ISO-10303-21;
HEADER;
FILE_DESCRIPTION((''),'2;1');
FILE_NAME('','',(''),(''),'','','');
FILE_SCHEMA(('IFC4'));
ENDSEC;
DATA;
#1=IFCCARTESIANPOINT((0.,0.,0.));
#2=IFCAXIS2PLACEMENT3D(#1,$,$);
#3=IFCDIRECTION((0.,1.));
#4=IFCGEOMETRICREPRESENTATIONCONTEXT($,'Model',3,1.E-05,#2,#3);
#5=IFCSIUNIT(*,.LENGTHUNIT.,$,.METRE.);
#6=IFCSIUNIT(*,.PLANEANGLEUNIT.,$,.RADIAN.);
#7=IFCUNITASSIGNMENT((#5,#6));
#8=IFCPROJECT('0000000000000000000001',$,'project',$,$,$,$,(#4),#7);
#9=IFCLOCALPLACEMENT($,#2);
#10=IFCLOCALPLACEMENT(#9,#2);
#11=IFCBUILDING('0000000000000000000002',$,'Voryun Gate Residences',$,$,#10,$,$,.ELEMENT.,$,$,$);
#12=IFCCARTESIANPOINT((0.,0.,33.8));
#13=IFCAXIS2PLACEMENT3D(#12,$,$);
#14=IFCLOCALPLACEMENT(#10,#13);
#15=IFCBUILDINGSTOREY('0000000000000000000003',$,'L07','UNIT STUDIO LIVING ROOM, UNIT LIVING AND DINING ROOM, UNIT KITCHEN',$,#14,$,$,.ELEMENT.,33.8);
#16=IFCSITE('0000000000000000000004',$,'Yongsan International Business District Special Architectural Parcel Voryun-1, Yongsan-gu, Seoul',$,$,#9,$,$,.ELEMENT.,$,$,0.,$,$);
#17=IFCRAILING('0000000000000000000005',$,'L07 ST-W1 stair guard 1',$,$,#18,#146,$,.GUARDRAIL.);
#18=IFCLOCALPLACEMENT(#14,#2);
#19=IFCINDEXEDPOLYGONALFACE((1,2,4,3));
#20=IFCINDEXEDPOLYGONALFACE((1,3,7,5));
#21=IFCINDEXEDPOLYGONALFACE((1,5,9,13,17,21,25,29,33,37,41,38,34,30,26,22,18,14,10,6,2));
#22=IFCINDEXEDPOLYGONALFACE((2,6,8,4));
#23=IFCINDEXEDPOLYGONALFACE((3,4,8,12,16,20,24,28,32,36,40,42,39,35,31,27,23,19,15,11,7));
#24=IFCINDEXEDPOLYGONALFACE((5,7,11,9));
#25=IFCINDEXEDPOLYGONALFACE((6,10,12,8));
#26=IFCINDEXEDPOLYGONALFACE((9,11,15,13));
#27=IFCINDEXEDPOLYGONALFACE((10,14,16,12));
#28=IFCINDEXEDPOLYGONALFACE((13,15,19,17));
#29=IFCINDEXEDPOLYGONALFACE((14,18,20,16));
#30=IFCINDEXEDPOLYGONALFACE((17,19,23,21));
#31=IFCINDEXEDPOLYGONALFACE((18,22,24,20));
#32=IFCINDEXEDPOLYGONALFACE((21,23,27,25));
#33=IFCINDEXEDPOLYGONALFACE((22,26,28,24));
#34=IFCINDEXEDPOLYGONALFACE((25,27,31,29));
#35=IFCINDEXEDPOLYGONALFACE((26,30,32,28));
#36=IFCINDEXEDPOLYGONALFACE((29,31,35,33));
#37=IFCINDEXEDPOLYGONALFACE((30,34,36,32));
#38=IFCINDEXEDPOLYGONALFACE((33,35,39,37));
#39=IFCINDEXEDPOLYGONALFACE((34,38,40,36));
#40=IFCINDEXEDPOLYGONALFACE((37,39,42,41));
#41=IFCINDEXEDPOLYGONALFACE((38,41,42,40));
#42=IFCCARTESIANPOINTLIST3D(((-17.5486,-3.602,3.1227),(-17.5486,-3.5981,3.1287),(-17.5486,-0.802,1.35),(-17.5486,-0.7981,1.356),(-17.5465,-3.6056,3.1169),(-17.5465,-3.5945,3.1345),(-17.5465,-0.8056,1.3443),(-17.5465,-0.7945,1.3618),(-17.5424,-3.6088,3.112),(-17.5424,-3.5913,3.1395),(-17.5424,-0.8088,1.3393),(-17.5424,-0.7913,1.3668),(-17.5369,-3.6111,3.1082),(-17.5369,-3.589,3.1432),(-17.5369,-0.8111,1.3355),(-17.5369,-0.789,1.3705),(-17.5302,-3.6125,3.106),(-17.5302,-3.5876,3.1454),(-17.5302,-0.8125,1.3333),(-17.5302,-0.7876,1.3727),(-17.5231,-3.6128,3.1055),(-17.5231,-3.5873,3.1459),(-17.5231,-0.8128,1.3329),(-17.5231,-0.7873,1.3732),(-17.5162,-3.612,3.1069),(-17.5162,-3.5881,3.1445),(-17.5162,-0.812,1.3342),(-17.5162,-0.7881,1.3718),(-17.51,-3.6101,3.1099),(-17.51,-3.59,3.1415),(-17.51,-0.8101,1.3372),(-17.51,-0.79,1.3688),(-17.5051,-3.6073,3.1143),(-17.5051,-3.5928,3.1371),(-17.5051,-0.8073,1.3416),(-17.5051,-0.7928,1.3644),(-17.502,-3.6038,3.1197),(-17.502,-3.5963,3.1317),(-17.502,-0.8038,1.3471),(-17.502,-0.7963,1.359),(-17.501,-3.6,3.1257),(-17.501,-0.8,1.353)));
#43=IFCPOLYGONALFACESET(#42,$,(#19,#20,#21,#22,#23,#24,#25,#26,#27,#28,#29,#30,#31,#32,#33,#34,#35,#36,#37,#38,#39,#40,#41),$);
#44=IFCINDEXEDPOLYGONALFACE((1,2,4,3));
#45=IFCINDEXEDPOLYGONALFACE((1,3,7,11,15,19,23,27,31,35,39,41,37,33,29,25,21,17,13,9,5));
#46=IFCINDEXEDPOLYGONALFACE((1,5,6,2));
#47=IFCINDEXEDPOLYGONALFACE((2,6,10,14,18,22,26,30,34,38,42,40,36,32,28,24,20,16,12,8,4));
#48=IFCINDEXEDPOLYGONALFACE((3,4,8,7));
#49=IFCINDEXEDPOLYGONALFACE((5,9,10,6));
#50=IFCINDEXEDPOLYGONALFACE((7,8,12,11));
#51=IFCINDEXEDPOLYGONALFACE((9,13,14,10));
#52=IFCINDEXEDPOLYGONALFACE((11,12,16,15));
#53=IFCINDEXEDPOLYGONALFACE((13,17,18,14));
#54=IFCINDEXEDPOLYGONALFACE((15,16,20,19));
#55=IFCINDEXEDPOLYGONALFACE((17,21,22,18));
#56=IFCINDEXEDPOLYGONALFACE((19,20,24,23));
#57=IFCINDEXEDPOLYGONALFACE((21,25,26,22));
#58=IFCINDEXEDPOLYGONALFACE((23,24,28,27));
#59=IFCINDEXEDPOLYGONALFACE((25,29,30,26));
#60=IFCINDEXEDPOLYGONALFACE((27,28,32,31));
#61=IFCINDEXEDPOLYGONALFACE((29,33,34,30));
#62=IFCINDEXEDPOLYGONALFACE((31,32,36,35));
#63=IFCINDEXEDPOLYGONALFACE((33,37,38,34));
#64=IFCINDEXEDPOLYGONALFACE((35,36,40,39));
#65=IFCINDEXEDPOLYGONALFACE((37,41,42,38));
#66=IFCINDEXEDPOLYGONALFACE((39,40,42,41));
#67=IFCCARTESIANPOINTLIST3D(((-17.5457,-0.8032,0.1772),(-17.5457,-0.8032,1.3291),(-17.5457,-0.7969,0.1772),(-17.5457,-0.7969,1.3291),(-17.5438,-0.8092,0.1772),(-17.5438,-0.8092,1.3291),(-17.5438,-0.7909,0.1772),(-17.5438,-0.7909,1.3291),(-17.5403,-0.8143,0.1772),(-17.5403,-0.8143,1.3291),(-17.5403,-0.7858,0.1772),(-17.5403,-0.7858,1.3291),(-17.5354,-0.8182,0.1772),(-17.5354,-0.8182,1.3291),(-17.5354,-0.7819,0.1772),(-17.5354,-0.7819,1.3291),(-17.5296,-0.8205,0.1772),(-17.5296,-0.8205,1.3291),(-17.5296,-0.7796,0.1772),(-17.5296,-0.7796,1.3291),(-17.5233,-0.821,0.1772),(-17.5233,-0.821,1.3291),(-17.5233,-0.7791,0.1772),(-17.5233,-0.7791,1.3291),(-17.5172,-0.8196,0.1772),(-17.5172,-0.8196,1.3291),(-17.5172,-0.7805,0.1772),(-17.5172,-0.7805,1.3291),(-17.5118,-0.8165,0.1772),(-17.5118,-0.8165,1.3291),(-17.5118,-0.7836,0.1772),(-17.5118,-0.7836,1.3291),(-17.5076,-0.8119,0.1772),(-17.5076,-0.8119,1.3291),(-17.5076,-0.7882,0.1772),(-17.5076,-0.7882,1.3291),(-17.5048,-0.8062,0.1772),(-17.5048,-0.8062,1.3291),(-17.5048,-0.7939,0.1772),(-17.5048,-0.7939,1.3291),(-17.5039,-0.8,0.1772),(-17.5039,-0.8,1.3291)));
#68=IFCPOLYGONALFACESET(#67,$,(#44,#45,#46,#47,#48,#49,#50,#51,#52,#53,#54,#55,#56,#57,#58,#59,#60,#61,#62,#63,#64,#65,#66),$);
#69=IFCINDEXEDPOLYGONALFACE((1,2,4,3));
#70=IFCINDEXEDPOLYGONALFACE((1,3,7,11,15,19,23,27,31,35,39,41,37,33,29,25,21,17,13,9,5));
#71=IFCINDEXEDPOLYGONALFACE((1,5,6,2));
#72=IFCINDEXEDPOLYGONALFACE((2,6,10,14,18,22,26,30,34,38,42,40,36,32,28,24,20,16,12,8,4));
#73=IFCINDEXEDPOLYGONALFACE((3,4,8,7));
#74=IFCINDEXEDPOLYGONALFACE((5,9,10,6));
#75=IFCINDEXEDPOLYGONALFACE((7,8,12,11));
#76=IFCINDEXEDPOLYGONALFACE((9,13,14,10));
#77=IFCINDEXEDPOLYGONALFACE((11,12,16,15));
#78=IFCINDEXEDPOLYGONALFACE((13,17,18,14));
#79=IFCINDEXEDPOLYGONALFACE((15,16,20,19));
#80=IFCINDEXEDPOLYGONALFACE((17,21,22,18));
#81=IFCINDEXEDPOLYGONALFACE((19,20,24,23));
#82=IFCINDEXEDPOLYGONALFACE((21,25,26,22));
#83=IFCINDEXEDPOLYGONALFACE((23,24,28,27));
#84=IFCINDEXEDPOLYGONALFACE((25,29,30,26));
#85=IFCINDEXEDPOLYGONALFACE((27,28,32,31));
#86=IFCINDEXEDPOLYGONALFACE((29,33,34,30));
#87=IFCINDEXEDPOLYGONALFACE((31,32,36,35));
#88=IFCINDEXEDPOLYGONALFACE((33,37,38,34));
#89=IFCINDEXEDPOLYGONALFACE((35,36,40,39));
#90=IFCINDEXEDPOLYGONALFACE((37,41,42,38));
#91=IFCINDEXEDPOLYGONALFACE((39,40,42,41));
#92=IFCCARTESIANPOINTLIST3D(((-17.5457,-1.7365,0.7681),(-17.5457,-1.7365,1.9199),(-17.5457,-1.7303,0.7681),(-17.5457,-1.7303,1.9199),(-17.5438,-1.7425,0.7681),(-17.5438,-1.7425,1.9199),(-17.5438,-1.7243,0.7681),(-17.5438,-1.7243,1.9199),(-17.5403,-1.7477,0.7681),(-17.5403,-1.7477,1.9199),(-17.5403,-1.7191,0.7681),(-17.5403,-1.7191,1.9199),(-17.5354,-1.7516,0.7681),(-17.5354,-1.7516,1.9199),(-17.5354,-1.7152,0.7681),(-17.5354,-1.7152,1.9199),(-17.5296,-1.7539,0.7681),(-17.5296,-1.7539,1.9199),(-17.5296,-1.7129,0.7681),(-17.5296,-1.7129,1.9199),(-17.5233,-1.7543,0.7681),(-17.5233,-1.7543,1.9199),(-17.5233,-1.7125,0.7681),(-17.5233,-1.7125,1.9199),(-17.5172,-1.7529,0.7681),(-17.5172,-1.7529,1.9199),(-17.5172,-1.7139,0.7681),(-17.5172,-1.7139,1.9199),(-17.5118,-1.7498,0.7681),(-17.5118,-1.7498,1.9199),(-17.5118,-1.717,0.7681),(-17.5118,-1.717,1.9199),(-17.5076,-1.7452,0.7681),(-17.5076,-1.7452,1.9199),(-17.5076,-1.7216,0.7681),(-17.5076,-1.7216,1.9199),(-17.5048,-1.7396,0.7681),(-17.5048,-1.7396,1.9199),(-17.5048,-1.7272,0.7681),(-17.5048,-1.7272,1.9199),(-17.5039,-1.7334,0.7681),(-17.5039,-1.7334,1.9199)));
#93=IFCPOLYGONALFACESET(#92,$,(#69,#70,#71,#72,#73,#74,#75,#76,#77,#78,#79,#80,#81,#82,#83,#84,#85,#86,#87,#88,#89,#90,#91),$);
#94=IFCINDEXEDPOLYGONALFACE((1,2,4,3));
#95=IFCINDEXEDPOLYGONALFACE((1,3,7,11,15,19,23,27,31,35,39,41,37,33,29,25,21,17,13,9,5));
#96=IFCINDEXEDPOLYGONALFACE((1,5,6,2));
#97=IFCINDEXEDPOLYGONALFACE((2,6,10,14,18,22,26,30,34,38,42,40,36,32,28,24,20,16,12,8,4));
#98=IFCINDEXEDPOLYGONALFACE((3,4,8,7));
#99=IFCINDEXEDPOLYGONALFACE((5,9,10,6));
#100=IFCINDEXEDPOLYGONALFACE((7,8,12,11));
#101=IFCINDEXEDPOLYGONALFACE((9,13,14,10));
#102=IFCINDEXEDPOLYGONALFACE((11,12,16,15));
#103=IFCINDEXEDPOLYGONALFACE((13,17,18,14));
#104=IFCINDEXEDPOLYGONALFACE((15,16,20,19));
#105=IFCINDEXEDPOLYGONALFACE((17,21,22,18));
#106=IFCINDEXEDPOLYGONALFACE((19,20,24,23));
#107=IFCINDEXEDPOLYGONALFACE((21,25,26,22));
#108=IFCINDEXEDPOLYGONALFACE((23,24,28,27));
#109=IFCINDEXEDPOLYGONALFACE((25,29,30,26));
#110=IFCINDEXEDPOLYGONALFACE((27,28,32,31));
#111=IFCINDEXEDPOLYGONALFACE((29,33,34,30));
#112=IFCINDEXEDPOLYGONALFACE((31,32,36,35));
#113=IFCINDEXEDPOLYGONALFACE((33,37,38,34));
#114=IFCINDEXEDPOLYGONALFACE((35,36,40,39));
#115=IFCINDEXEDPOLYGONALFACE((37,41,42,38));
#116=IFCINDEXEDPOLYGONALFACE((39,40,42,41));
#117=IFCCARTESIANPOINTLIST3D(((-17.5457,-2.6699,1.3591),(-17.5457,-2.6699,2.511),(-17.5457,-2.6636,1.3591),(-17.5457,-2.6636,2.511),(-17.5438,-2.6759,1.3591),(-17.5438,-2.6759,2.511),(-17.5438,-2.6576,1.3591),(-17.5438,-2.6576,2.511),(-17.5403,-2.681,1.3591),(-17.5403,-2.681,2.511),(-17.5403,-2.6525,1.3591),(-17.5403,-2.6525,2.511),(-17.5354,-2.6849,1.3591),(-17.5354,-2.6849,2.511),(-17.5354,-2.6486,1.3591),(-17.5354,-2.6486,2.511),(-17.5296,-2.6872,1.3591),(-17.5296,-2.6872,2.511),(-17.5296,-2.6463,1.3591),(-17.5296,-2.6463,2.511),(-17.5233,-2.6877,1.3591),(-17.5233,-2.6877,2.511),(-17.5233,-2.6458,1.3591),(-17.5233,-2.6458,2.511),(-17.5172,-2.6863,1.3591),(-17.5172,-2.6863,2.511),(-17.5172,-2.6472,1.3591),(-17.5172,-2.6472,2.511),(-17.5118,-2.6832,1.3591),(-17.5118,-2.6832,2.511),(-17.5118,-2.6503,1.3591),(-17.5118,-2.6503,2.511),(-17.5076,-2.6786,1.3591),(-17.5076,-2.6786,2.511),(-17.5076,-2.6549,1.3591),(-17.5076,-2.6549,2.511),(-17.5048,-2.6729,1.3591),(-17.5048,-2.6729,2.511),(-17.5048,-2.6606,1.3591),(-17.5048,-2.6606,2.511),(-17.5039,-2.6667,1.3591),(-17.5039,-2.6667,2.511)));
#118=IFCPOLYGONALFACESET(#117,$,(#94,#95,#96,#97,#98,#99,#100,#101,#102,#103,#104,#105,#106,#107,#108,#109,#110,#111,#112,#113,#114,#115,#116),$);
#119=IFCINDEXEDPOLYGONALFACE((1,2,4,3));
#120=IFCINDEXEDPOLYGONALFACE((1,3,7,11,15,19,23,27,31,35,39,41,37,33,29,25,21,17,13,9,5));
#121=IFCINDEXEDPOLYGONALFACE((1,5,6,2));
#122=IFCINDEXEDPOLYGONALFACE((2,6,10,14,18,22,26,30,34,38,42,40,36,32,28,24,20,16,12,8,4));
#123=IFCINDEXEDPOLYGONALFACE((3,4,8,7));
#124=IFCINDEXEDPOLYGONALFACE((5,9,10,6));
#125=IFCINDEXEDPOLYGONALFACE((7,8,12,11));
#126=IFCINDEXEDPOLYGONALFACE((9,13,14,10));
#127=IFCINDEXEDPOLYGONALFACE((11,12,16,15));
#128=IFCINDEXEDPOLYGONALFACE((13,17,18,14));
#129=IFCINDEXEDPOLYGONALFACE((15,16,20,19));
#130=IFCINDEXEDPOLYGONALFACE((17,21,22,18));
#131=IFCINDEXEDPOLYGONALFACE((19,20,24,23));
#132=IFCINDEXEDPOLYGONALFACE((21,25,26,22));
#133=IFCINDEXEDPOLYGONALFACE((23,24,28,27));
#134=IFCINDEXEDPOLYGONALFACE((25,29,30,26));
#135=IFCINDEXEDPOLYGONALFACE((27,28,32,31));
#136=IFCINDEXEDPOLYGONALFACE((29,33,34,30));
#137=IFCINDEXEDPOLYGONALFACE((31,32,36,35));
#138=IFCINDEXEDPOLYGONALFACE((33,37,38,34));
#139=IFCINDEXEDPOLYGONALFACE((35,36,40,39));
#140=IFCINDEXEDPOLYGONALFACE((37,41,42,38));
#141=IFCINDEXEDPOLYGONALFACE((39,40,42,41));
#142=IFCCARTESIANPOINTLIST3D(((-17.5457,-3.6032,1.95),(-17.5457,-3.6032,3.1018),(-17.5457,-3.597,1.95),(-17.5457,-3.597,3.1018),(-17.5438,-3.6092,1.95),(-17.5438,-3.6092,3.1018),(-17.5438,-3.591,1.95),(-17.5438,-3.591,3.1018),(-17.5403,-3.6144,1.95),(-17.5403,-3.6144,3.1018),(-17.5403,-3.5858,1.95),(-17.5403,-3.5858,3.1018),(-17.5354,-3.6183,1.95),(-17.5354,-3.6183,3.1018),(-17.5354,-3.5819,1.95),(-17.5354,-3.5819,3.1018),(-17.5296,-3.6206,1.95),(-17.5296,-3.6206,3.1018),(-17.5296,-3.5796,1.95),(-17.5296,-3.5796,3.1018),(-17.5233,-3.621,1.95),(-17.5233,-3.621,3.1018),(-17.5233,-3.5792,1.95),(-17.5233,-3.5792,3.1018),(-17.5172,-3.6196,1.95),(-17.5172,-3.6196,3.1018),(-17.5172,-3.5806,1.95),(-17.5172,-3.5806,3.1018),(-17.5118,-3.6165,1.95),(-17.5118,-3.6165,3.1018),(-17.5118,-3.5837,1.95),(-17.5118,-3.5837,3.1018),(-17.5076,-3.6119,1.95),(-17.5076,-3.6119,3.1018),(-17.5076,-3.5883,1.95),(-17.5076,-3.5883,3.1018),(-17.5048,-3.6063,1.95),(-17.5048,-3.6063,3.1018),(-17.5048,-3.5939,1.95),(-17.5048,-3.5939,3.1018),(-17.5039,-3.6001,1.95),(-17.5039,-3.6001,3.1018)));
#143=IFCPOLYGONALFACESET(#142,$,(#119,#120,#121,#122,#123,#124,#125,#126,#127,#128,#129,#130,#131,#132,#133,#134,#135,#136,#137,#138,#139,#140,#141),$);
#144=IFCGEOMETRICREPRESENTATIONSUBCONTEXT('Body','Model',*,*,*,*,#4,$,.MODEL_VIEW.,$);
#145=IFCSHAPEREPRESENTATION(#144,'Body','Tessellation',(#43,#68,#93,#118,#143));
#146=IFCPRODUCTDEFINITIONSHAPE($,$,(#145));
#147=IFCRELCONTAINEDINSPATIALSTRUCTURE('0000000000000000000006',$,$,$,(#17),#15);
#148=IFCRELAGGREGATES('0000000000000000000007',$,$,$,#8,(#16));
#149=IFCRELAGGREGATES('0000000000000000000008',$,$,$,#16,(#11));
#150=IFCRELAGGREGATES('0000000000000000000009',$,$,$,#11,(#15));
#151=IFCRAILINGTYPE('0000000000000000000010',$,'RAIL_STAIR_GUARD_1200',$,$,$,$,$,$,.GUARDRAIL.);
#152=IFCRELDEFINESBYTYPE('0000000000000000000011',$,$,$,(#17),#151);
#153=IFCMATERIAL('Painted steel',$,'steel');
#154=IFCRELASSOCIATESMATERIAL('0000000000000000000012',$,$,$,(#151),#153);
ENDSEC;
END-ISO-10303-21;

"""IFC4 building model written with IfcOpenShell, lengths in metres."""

from ifc_helpers import new_model, si_unit, direction, frame, origin, origin_2d, place, context, subcontext, project, spatial, circle, extrude, material, type_object, element, save


model = new_model("IFC4")

# Units and contexts
model_context = context("Model", 3, precision=1e-05, world=origin(), true_north=direction((0.0, 1.0)))
body_context = subcontext(model_context, "Body", "Model", "MODEL_VIEW")
ifc_project = project(units=[si_unit("LENGTHUNIT", "METRE"), si_unit("PLANEANGLEUNIT", "RADIAN")], contexts=[model_context])

# Site, building, storey
site_placement = place(None, origin())
site = spatial("IfcSite", under=ifc_project, at=site_placement, Name="Yongsan International Business District Special Architectural Parcel Voryun-1, Yongsan-gu, Seoul", CompositionType="ELEMENT", RefElevation=0.0)
building_placement = place(site_placement, origin())
building = spatial("IfcBuilding", under=site, at=building_placement, Name="Voryun Gate Residences", CompositionType="ELEMENT")
storey_placement = place(building_placement, frame((0.0, 0.0, 33.8)))
storey = spatial("IfcBuildingStorey", under=building, at=storey_placement, Name="L07", Description="UNIT STUDIO LIVING ROOM, UNIT LIVING AND DINING ROOM, UNIT KITCHEN", CompositionType="ELEMENT", Elevation=33.8)

# Railing
ifc_material_1 = material(Name="Painted steel", Category="steel")
railing_type = type_object("IfcRailingType", Name="RAIL_STAIR_GUARD_1200", PredefinedType="GUARDRAIL", material=ifc_material_1)
railing_1_placement = place(storey_placement, frame((-17.5249, -0.8, 0.1772)))
element("IfcRailing", 1, at=railing_1_placement, inside=storey, type_object=railing_type, Name="L07 ST-W1 stair guard 1", PredefinedType="GUARDRAIL", context=body_context, shape_type="SweptSolid", body=[
    extrude(circle(Radius=0.0239, at=origin_2d()), frame((0.0, 0.0, 1.1758), z_axis=(0.0, -0.844909, 0.53491), x_axis=(1.0, 0.0, 0.0)), (0.0, 0.0, 1.0), 3.314),
    extrude(circle(Radius=0.021, at=origin_2d()), origin(), (0.0, 0.0, 1.0), 1.1519),
    extrude(circle(Radius=0.021, at=origin_2d()), frame((0.0, -0.9333, 0.5908)), (0.0, 0.0, 1.0), 1.1519),
    extrude(circle(Radius=0.021, at=origin_2d()), frame((0.0, -1.8667, 1.1819)), (0.0, 0.0, 1.0), 1.1519),
    extrude(circle(Radius=0.021, at=origin_2d()), frame((0.0, -2.8, 1.7727)), (0.0, 0.0, 1.0), 1.1519),
])

save(model, "model.ifc")
